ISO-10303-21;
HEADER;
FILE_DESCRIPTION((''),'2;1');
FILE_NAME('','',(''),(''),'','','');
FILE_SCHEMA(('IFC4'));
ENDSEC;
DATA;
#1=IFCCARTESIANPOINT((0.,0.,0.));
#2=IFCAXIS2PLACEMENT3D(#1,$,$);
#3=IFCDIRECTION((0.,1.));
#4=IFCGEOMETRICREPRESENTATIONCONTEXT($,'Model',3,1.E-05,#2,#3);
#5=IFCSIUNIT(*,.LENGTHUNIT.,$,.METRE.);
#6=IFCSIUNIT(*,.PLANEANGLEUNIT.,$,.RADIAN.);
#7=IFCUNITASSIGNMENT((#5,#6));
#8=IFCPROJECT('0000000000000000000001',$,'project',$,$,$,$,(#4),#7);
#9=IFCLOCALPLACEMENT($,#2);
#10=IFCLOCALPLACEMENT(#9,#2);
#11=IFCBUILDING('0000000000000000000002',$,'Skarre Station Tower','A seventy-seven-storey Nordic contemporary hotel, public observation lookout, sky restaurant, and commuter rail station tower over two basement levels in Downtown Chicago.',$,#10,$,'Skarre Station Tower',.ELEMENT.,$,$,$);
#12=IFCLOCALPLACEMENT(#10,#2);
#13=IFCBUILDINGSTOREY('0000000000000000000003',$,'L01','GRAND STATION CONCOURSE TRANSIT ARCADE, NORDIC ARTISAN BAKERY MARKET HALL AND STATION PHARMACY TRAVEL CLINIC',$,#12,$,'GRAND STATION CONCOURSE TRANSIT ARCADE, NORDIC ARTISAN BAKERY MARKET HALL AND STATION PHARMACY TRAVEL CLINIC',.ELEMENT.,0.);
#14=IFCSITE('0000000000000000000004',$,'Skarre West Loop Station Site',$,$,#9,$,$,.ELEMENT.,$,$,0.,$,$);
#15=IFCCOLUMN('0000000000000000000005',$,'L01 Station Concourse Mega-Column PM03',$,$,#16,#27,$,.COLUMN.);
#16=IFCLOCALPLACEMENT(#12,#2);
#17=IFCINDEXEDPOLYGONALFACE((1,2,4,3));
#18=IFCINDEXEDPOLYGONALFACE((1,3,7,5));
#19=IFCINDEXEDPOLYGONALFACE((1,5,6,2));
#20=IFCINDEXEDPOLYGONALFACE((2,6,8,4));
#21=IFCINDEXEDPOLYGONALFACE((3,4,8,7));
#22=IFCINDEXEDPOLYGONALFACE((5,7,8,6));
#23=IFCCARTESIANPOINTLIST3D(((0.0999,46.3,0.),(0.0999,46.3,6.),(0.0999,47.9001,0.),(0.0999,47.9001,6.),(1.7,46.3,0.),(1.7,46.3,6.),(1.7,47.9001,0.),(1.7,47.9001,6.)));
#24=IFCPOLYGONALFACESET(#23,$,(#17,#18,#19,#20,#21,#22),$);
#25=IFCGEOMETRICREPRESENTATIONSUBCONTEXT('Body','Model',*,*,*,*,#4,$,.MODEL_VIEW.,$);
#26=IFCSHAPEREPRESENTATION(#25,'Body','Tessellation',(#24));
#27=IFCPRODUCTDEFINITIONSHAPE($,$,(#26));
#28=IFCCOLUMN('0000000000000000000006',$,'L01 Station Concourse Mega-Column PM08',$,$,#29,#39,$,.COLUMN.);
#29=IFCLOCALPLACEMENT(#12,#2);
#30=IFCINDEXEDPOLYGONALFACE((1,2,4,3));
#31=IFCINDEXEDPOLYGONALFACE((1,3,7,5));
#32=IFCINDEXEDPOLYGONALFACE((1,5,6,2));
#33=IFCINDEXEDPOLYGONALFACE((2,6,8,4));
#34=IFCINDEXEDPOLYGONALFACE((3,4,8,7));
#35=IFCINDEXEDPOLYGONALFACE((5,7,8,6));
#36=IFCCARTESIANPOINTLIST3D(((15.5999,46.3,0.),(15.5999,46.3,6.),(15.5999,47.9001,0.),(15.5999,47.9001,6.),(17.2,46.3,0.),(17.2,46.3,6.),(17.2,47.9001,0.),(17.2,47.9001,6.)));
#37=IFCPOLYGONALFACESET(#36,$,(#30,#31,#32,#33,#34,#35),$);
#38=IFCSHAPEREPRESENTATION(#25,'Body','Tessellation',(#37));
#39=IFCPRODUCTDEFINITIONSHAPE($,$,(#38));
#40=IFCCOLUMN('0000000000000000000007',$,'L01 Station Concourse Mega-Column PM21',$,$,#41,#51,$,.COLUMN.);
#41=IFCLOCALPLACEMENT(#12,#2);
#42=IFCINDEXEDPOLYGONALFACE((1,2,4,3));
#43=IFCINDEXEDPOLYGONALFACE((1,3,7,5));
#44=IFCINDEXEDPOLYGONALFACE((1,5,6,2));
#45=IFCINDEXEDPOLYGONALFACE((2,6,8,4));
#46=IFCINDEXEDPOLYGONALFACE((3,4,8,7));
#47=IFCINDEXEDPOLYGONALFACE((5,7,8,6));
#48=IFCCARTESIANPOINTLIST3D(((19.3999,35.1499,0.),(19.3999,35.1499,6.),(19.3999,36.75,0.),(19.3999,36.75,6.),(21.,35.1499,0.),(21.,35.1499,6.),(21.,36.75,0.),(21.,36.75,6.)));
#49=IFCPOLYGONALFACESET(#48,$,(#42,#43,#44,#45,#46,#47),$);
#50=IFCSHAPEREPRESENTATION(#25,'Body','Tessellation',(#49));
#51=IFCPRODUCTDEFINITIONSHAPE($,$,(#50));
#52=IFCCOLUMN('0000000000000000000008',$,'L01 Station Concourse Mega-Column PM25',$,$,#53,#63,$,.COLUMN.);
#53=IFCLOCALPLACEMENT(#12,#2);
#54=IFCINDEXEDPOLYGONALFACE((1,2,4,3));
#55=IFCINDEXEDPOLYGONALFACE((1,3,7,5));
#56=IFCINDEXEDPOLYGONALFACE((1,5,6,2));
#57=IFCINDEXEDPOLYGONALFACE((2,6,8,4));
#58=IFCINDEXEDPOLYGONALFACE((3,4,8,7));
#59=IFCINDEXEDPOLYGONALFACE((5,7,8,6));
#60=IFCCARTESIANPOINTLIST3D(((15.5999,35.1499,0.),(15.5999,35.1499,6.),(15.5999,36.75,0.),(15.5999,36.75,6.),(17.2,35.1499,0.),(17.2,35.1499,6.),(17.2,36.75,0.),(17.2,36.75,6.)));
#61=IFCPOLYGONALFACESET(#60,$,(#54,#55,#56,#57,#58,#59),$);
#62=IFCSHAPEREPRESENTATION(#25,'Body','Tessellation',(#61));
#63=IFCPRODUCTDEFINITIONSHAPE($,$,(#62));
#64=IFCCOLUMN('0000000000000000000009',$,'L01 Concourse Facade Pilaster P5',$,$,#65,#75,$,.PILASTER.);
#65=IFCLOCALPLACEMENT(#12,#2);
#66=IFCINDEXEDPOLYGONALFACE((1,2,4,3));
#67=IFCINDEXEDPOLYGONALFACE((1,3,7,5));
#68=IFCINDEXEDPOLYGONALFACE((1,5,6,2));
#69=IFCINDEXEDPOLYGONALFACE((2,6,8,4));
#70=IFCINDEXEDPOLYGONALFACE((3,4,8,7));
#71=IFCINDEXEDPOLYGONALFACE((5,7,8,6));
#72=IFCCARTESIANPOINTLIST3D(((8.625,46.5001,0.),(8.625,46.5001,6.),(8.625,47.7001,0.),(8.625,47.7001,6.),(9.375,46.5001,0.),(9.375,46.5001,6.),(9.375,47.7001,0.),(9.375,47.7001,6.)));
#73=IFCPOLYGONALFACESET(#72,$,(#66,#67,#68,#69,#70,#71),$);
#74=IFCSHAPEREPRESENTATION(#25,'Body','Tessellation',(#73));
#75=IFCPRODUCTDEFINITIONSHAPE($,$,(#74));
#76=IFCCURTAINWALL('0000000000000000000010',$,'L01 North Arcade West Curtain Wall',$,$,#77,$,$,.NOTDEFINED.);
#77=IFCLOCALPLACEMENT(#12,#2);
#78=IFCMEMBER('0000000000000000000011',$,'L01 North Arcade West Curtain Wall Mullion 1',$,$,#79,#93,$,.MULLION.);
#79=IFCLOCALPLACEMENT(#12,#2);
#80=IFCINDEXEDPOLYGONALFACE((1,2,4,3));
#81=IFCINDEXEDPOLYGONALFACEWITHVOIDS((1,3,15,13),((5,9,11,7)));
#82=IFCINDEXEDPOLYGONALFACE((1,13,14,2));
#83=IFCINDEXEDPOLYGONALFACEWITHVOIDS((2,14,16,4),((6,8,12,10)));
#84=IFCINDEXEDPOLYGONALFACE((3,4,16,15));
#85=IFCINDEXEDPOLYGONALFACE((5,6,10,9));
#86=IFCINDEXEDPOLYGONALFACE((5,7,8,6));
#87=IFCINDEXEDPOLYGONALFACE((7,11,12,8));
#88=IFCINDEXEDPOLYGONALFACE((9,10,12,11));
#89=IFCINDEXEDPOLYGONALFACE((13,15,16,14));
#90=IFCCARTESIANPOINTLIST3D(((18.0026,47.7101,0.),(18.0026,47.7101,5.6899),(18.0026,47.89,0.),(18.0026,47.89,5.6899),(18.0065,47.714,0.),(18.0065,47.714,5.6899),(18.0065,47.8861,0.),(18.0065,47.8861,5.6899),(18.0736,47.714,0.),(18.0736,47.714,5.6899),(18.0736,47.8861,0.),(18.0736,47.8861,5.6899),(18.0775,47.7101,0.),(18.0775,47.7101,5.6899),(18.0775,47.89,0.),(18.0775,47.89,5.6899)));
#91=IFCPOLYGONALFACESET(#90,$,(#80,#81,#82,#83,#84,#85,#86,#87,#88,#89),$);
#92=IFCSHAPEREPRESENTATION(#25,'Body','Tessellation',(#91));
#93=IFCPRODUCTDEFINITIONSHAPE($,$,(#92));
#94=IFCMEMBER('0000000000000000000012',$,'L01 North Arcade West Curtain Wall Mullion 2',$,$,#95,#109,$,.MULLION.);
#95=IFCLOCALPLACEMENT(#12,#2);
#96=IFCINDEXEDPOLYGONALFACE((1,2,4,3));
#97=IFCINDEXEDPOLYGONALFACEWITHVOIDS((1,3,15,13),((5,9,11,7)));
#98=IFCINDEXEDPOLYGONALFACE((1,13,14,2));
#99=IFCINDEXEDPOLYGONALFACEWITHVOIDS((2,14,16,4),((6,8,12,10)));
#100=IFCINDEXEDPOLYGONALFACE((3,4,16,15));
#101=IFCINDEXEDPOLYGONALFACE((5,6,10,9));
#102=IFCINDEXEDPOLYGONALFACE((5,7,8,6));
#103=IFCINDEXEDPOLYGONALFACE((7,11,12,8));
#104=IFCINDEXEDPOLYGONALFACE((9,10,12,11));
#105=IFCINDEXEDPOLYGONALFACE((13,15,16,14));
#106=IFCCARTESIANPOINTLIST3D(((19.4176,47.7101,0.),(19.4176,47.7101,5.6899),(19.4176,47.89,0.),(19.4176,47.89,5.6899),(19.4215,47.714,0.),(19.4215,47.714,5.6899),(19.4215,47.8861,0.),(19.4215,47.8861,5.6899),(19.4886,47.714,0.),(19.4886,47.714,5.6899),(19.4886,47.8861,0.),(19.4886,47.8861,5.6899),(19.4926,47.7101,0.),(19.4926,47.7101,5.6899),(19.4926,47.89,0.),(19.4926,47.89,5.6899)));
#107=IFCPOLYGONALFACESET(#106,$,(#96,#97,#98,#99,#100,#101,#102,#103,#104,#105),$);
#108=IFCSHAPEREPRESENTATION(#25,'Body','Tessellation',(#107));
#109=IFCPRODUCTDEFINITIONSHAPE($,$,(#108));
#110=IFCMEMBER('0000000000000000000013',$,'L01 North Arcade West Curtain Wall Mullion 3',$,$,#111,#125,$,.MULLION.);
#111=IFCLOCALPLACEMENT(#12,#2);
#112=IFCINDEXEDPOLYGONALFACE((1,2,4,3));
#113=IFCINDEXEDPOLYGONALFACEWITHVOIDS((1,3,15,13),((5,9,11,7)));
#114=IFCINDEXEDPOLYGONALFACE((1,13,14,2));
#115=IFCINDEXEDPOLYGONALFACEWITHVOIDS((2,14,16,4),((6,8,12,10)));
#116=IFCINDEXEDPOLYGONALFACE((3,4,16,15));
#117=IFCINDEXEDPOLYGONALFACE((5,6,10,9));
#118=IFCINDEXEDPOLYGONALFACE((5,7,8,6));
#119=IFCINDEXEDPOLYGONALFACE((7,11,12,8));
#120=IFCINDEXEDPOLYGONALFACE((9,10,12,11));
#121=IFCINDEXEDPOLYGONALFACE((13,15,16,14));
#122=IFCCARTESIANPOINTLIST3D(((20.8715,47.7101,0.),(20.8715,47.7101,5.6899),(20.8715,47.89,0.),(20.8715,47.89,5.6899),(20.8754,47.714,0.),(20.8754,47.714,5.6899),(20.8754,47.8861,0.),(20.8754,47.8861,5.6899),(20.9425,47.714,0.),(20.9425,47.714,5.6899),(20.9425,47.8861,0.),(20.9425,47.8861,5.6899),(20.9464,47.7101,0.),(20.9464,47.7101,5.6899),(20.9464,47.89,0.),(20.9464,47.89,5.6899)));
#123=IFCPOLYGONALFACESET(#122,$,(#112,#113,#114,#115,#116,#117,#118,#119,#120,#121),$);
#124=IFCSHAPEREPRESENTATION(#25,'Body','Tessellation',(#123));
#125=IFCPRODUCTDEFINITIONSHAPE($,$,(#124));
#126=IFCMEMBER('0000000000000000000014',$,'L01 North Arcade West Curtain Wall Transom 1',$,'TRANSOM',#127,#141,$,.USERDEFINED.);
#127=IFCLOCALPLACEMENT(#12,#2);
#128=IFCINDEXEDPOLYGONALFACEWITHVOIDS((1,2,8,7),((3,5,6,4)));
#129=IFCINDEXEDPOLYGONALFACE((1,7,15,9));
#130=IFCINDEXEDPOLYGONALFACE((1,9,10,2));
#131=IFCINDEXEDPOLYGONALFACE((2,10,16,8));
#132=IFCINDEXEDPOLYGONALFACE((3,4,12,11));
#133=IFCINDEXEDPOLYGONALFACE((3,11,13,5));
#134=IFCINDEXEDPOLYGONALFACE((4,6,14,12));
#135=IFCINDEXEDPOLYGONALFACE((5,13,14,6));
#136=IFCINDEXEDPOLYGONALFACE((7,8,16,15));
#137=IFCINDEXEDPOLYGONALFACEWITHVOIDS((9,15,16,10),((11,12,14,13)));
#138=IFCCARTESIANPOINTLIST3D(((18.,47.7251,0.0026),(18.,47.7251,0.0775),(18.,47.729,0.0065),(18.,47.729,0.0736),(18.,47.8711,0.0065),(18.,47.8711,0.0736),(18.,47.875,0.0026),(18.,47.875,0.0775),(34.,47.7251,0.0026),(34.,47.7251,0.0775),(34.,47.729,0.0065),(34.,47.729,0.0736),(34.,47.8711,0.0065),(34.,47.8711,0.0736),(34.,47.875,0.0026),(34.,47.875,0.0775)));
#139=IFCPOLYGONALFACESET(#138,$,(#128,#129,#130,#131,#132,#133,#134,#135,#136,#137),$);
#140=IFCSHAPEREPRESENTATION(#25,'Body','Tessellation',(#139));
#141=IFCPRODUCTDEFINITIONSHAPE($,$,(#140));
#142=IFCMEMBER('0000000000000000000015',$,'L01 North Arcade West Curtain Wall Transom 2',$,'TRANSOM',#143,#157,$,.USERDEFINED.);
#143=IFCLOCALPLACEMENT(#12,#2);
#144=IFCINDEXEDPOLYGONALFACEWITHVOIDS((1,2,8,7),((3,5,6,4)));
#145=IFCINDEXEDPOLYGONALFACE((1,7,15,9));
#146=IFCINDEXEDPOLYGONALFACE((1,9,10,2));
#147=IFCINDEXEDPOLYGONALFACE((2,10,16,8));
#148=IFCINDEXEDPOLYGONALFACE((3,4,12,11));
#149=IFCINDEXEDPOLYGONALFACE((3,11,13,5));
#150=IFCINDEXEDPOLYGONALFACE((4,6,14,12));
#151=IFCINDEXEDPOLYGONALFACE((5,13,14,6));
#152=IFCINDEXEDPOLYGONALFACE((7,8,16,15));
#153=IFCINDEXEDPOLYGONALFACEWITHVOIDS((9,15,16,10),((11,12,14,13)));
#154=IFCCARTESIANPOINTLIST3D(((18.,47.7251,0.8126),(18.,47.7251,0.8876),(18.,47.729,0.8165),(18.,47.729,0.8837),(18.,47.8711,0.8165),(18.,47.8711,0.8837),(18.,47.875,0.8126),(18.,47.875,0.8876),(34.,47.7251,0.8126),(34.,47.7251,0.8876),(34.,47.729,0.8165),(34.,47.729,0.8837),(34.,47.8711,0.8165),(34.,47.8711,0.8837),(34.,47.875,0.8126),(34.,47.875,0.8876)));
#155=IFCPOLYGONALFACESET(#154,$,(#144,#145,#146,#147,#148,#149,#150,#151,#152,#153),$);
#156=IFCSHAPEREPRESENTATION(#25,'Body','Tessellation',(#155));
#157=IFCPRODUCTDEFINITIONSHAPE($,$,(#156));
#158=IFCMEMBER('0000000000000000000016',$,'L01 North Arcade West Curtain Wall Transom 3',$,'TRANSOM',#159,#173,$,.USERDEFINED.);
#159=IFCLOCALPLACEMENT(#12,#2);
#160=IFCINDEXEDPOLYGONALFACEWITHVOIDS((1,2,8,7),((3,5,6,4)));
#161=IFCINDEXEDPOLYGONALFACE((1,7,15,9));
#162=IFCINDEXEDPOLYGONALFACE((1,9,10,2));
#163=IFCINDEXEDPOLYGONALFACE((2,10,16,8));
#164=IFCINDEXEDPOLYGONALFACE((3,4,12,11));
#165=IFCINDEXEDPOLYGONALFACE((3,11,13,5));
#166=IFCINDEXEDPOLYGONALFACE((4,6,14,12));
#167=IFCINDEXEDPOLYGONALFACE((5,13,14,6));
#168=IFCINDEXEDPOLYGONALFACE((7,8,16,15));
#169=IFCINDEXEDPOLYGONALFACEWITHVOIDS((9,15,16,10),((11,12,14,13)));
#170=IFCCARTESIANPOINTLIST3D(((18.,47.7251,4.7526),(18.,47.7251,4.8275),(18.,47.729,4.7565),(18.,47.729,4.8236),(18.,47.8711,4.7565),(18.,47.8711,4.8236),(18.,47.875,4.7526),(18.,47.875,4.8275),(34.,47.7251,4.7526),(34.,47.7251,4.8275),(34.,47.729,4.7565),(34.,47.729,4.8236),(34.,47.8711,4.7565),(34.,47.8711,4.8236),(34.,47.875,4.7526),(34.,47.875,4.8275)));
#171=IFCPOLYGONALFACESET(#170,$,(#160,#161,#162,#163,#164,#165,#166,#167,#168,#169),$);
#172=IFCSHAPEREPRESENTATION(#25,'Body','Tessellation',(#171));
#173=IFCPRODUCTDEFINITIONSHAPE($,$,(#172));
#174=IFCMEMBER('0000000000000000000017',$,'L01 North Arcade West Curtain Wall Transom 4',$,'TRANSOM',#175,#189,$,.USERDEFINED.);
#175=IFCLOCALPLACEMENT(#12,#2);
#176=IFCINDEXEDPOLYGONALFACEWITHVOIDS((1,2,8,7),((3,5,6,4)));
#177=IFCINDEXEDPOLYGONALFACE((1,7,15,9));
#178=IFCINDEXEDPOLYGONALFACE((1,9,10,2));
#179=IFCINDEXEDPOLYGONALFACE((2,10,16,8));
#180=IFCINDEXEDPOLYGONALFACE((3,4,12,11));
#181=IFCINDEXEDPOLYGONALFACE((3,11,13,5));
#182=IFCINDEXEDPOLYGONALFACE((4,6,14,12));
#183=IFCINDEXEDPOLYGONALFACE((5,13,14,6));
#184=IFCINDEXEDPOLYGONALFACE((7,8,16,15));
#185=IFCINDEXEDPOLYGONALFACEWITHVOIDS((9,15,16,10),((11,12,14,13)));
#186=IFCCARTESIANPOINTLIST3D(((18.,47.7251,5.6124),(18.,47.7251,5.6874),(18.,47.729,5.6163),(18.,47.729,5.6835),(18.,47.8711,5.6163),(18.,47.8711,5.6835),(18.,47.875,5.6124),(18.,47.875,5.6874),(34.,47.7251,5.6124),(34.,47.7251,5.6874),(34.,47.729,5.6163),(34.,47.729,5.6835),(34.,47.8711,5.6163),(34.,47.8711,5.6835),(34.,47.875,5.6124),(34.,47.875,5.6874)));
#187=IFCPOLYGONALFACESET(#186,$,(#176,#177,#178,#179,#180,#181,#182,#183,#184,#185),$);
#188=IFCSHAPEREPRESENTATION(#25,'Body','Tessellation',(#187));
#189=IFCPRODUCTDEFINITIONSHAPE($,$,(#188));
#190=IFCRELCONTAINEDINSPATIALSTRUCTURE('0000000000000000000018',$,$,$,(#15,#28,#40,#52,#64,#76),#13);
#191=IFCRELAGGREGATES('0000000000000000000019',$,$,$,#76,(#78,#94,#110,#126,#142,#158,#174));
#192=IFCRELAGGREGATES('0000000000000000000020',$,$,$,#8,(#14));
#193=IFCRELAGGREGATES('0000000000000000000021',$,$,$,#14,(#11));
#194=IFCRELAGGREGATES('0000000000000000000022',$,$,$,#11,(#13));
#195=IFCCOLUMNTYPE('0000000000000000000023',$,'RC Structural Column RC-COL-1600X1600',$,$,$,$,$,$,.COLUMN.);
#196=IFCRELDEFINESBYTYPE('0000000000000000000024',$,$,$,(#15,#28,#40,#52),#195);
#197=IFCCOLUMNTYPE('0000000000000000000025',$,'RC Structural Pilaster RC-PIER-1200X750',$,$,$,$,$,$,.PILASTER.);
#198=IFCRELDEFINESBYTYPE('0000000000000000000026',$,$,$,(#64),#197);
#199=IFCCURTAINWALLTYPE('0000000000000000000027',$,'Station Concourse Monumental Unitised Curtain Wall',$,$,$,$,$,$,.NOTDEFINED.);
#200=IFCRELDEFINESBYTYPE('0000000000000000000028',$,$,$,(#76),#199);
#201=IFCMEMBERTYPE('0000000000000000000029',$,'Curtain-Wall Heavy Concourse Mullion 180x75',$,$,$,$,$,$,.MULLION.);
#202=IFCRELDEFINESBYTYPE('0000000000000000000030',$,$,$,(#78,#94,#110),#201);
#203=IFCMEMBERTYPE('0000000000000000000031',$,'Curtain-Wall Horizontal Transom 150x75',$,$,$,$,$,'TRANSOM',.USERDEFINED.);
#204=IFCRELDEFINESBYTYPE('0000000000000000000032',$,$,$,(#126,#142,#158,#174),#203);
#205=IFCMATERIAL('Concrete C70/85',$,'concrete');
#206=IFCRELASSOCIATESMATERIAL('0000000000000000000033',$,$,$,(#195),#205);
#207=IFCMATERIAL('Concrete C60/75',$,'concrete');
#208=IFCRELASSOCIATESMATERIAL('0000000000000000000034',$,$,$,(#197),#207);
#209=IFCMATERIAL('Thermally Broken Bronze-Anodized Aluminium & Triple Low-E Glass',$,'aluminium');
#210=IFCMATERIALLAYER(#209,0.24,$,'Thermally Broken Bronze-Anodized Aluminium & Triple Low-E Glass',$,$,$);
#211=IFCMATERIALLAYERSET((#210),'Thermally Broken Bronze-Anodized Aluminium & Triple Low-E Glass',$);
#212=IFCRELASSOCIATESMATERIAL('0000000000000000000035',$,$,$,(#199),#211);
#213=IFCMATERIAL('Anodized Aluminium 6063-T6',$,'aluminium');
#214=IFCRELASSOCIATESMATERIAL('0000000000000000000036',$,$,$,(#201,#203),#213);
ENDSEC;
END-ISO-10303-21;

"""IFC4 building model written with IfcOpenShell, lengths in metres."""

from ifc_helpers import new_model, si_unit, direction, frame, origin, origin_2d, place, context, subcontext, project, spatial, rectangle, hollow_rectangle, extrude, material, layer, layer_set, material_profile, profile_set, type_object, element, aggregate, save


model = new_model("IFC4")

# Units and contexts
model_context = context("Model", 3, precision=1e-05, world=origin(), true_north=direction((0.0, 1.0)))
body_context = subcontext(model_context, "Body", "Model", "MODEL_VIEW")
ifc_project = project(units=[si_unit("LENGTHUNIT", "METRE"), si_unit("PLANEANGLEUNIT", "RADIAN")], contexts=[model_context])

# Site, building, storey
site_placement = place(None, origin())
site = spatial("IfcSite", under=ifc_project, at=site_placement, Name="Skarre West Loop Station Site", CompositionType="ELEMENT", RefElevation=0.0)
building_placement = place(site_placement, origin())
building = spatial("IfcBuilding", under=site, at=building_placement, Name="Skarre Station Tower", Description="A seventy-seven-storey Nordic contemporary hotel, public observation lookout, sky restaurant, and commuter rail station tower over two basement levels in Downtown Chicago.", LongName="Skarre Station Tower", CompositionType="ELEMENT")
storey_placement = place(building_placement, origin())
storey = spatial("IfcBuildingStorey", under=building, at=storey_placement, Name="L01", Description="GRAND STATION CONCOURSE TRANSIT ARCADE, NORDIC ARTISAN BAKERY MARKET HALL AND STATION PHARMACY TRAVEL CLINIC", LongName="GRAND STATION CONCOURSE TRANSIT ARCADE, NORDIC ARTISAN BAKERY MARKET HALL AND STATION PHARMACY TRAVEL CLINIC", CompositionType="ELEMENT", Elevation=0.0)

# Columns
ifc_material_1 = material(Name="Concrete C70/85", Category="concrete")
ifc_material_profile_1 = material_profile(ifc_material_1, rectangle(XDim=1.6001, YDim=1.6001, at=origin_2d()), Name="Concrete C70/85")
ifc_profile_set_1 = profile_set([ifc_material_profile_1], Name="Concrete C70/85")
column_type_1 = type_object("IfcColumnType", Name="RC Structural Column RC-COL-1600X1600", PredefinedType="COLUMN", material=ifc_profile_set_1)
for number, where, z_axis, x_axis, name in (
    (1, (0.8999, 47.1001, 0.0), (0.0, 0.0, 1.0), (1.0, 0.0, 0.0), "L01 Station Concourse Mega-Column PM03"),
    (2, (16.3999, 47.1001, 0.0), (0.0, 0.0, 1.0), (1.0, 0.0, 0.0), "L01 Station Concourse Mega-Column PM08"),
    (3, (20.2, 35.95, 0.0), (0.0, 0.0, 1.0), (1.0, 0.0, 0.0), "L01 Station Concourse Mega-Column PM21"),
    (4, (16.3999, 35.95, 0.0), (0.0, 0.0, 1.0), (1.0, 0.0, 0.0), "L01 Station Concourse Mega-Column PM25"),
):
    element("IfcColumn", number, at=place(storey_placement, frame(where, z_axis=z_axis, x_axis=x_axis)), inside=storey, type_object=column_type_1, Name=name, PredefinedType="COLUMN", context=body_context, shape_type="SweptSolid", body=[
        extrude(rectangle(XDim=1.6001, YDim=1.6001, at=origin_2d()), origin(), (0.0, 0.0, 1.0), 6.0),
    ])
ifc_material_2 = material(Name="Concrete C60/75", Category="concrete")
ifc_material_profile_2 = material_profile(ifc_material_2, rectangle(XDim=0.75, YDim=1.2, at=origin_2d()), Name="Concrete C60/75")
ifc_profile_set_2 = profile_set([ifc_material_profile_2], Name="Concrete C60/75")
column_type_2 = type_object("IfcColumnType", Name="RC Structural Pilaster RC-PIER-1200X750", PredefinedType="PILASTER", material=ifc_profile_set_2)
column_placement = place(storey_placement, frame((9.0, 47.1001, 0.0), z_axis=(0.0, 0.0, 1.0), x_axis=(1.0, 0.0, 0.0)))
element("IfcColumn", 5, at=column_placement, inside=storey, type_object=column_type_2, Name="L01 Concourse Facade Pilaster P5", PredefinedType="PILASTER", context=body_context, shape_type="SweptSolid", body=[
    extrude(rectangle(XDim=0.75, YDim=1.2, at=origin_2d()), origin(), (0.0, 0.0, 1.0), 6.0),
])

# Curtain wall, members
ifc_material_3 = material(Name="Thermally Broken Bronze-Anodized Aluminium & Triple Low-E Glass", Category="aluminium")
ifc_layer_1 = layer(ifc_material_3, 0.24, Name="Thermally Broken Bronze-Anodized Aluminium & Triple Low-E Glass")
ifc_layer_set_1 = layer_set([ifc_layer_1], Name="Thermally Broken Bronze-Anodized Aluminium & Triple Low-E Glass")
curtain_wall_type = type_object("IfcCurtainWallType", Name="Station Concourse Monumental Unitised Curtain Wall", PredefinedType="NOTDEFINED", material=ifc_layer_set_1)
curtain_wall_placement = place(storey_placement, origin())
curtain_wall = element("IfcCurtainWall", 6, at=curtain_wall_placement, inside=storey, type_object=curtain_wall_type, Name="L01 North Arcade West Curtain Wall", PredefinedType="NOTDEFINED")
ifc_material_4 = material(Name="Anodized Aluminium 6063-T6", Category="aluminium")
ifc_material_profile_3 = material_profile(ifc_material_4, hollow_rectangle(XDim=0.075, YDim=0.1799, WallThickness=0.0039, at=origin_2d()), Name="Anodized Aluminium 6063-T6")
ifc_profile_set_3 = profile_set([ifc_material_profile_3], Name="Anodized Aluminium 6063-T6")
member_type_1 = type_object("IfcMemberType", Name="Curtain-Wall Heavy Concourse Mullion 180x75", PredefinedType="MULLION", material=ifc_profile_set_3)
member_1_placement = place(storey_placement, frame((18.04, 47.8, 0.0), z_axis=(0.0, 0.0, 1.0), x_axis=(1.0, 0.0, 0.0)))
member_1 = element("IfcMember", 7, at=member_1_placement, type_object=member_type_1, Name="L01 North Arcade West Curtain Wall Mullion 1", PredefinedType="MULLION", context=body_context, shape_type="SweptSolid", body=[
    extrude(hollow_rectangle(XDim=0.075, YDim=0.1799, WallThickness=0.0039, at=origin_2d()), origin(), (0.0, 0.0, 1.0), 5.6899),
])
member_2_placement = place(storey_placement, frame((19.4551, 47.8, 0.0), z_axis=(0.0, 0.0, 1.0), x_axis=(1.0, 0.0, 0.0)))
member_2 = element("IfcMember", 8, at=member_2_placement, type_object=member_type_1, Name="L01 North Arcade West Curtain Wall Mullion 2", PredefinedType="MULLION", context=body_context, shape_type="SweptSolid", body=[
    extrude(hollow_rectangle(XDim=0.075, YDim=0.1799, WallThickness=0.0039, at=origin_2d()), origin(), (0.0, 0.0, 1.0), 5.6899),
])
member_3_placement = place(storey_placement, frame((20.9089, 47.8, 0.0), z_axis=(0.0, 0.0, 1.0), x_axis=(1.0, 0.0, 0.0)))
member_3 = element("IfcMember", 9, at=member_3_placement, type_object=member_type_1, Name="L01 North Arcade West Curtain Wall Mullion 3", PredefinedType="MULLION", context=body_context, shape_type="SweptSolid", body=[
    extrude(hollow_rectangle(XDim=0.075, YDim=0.1799, WallThickness=0.0039, at=origin_2d()), origin(), (0.0, 0.0, 1.0), 5.6899),
])
ifc_material_profile_4 = material_profile(ifc_material_4, hollow_rectangle(XDim=0.075, YDim=0.1499, WallThickness=0.0039, at=origin_2d()), Name="Anodized Aluminium 6063-T6")
ifc_profile_set_4 = profile_set([ifc_material_profile_4], Name="Anodized Aluminium 6063-T6")
member_type_2 = type_object("IfcMemberType", Name="Curtain-Wall Horizontal Transom 150x75", ElementType="TRANSOM", PredefinedType="USERDEFINED", material=ifc_profile_set_4)
member_4_placement = place(storey_placement, frame((18.0, 47.8, 0.04), z_axis=(1.0, 0.0, 0.0), x_axis=(0.0, 0.0, 1.0)))
member_4 = element("IfcMember", 10, at=member_4_placement, type_object=member_type_2, Name="L01 North Arcade West Curtain Wall Transom 1", ObjectType="TRANSOM", PredefinedType="USERDEFINED", context=body_context, shape_type="SweptSolid", body=[
    extrude(hollow_rectangle(XDim=0.075, YDim=0.1499, WallThickness=0.0039, at=origin_2d()), origin(), (0.0, 0.0, 1.0), 16.0),
])
member_5_placement = place(storey_placement, frame((18.0, 47.8, 0.8501), z_axis=(1.0, 0.0, 0.0), x_axis=(0.0, 0.0, 1.0)))
member_5 = element("IfcMember", 11, at=member_5_placement, type_object=member_type_2, Name="L01 North Arcade West Curtain Wall Transom 2", ObjectType="TRANSOM", PredefinedType="USERDEFINED", context=body_context, shape_type="SweptSolid", body=[
    extrude(hollow_rectangle(XDim=0.075, YDim=0.1499, WallThickness=0.0039, at=origin_2d()), origin(), (0.0, 0.0, 1.0), 16.0),
])
member_6_placement = place(storey_placement, frame((18.0, 47.8, 4.79), z_axis=(1.0, 0.0, 0.0), x_axis=(0.0, 0.0, 1.0)))
member_6 = element("IfcMember", 12, at=member_6_placement, type_object=member_type_2, Name="L01 North Arcade West Curtain Wall Transom 3", ObjectType="TRANSOM", PredefinedType="USERDEFINED", context=body_context, shape_type="SweptSolid", body=[
    extrude(hollow_rectangle(XDim=0.075, YDim=0.1499, WallThickness=0.0039, at=origin_2d()), origin(), (0.0, 0.0, 1.0), 16.0),
])
member_7_placement = place(storey_placement, frame((18.0, 47.8, 5.6499), z_axis=(1.0, 0.0, 0.0), x_axis=(0.0, 0.0, 1.0)))
member_7 = element("IfcMember", 13, at=member_7_placement, type_object=member_type_2, Name="L01 North Arcade West Curtain Wall Transom 4", ObjectType="TRANSOM", PredefinedType="USERDEFINED", context=body_context, shape_type="SweptSolid", body=[
    extrude(hollow_rectangle(XDim=0.075, YDim=0.1499, WallThickness=0.0039, at=origin_2d()), origin(), (0.0, 0.0, 1.0), 16.0),
])

aggregate(curtain_wall, [member_1, member_2, member_3, member_4, member_5, member_6, member_7])

save(model, "model.ifc")
